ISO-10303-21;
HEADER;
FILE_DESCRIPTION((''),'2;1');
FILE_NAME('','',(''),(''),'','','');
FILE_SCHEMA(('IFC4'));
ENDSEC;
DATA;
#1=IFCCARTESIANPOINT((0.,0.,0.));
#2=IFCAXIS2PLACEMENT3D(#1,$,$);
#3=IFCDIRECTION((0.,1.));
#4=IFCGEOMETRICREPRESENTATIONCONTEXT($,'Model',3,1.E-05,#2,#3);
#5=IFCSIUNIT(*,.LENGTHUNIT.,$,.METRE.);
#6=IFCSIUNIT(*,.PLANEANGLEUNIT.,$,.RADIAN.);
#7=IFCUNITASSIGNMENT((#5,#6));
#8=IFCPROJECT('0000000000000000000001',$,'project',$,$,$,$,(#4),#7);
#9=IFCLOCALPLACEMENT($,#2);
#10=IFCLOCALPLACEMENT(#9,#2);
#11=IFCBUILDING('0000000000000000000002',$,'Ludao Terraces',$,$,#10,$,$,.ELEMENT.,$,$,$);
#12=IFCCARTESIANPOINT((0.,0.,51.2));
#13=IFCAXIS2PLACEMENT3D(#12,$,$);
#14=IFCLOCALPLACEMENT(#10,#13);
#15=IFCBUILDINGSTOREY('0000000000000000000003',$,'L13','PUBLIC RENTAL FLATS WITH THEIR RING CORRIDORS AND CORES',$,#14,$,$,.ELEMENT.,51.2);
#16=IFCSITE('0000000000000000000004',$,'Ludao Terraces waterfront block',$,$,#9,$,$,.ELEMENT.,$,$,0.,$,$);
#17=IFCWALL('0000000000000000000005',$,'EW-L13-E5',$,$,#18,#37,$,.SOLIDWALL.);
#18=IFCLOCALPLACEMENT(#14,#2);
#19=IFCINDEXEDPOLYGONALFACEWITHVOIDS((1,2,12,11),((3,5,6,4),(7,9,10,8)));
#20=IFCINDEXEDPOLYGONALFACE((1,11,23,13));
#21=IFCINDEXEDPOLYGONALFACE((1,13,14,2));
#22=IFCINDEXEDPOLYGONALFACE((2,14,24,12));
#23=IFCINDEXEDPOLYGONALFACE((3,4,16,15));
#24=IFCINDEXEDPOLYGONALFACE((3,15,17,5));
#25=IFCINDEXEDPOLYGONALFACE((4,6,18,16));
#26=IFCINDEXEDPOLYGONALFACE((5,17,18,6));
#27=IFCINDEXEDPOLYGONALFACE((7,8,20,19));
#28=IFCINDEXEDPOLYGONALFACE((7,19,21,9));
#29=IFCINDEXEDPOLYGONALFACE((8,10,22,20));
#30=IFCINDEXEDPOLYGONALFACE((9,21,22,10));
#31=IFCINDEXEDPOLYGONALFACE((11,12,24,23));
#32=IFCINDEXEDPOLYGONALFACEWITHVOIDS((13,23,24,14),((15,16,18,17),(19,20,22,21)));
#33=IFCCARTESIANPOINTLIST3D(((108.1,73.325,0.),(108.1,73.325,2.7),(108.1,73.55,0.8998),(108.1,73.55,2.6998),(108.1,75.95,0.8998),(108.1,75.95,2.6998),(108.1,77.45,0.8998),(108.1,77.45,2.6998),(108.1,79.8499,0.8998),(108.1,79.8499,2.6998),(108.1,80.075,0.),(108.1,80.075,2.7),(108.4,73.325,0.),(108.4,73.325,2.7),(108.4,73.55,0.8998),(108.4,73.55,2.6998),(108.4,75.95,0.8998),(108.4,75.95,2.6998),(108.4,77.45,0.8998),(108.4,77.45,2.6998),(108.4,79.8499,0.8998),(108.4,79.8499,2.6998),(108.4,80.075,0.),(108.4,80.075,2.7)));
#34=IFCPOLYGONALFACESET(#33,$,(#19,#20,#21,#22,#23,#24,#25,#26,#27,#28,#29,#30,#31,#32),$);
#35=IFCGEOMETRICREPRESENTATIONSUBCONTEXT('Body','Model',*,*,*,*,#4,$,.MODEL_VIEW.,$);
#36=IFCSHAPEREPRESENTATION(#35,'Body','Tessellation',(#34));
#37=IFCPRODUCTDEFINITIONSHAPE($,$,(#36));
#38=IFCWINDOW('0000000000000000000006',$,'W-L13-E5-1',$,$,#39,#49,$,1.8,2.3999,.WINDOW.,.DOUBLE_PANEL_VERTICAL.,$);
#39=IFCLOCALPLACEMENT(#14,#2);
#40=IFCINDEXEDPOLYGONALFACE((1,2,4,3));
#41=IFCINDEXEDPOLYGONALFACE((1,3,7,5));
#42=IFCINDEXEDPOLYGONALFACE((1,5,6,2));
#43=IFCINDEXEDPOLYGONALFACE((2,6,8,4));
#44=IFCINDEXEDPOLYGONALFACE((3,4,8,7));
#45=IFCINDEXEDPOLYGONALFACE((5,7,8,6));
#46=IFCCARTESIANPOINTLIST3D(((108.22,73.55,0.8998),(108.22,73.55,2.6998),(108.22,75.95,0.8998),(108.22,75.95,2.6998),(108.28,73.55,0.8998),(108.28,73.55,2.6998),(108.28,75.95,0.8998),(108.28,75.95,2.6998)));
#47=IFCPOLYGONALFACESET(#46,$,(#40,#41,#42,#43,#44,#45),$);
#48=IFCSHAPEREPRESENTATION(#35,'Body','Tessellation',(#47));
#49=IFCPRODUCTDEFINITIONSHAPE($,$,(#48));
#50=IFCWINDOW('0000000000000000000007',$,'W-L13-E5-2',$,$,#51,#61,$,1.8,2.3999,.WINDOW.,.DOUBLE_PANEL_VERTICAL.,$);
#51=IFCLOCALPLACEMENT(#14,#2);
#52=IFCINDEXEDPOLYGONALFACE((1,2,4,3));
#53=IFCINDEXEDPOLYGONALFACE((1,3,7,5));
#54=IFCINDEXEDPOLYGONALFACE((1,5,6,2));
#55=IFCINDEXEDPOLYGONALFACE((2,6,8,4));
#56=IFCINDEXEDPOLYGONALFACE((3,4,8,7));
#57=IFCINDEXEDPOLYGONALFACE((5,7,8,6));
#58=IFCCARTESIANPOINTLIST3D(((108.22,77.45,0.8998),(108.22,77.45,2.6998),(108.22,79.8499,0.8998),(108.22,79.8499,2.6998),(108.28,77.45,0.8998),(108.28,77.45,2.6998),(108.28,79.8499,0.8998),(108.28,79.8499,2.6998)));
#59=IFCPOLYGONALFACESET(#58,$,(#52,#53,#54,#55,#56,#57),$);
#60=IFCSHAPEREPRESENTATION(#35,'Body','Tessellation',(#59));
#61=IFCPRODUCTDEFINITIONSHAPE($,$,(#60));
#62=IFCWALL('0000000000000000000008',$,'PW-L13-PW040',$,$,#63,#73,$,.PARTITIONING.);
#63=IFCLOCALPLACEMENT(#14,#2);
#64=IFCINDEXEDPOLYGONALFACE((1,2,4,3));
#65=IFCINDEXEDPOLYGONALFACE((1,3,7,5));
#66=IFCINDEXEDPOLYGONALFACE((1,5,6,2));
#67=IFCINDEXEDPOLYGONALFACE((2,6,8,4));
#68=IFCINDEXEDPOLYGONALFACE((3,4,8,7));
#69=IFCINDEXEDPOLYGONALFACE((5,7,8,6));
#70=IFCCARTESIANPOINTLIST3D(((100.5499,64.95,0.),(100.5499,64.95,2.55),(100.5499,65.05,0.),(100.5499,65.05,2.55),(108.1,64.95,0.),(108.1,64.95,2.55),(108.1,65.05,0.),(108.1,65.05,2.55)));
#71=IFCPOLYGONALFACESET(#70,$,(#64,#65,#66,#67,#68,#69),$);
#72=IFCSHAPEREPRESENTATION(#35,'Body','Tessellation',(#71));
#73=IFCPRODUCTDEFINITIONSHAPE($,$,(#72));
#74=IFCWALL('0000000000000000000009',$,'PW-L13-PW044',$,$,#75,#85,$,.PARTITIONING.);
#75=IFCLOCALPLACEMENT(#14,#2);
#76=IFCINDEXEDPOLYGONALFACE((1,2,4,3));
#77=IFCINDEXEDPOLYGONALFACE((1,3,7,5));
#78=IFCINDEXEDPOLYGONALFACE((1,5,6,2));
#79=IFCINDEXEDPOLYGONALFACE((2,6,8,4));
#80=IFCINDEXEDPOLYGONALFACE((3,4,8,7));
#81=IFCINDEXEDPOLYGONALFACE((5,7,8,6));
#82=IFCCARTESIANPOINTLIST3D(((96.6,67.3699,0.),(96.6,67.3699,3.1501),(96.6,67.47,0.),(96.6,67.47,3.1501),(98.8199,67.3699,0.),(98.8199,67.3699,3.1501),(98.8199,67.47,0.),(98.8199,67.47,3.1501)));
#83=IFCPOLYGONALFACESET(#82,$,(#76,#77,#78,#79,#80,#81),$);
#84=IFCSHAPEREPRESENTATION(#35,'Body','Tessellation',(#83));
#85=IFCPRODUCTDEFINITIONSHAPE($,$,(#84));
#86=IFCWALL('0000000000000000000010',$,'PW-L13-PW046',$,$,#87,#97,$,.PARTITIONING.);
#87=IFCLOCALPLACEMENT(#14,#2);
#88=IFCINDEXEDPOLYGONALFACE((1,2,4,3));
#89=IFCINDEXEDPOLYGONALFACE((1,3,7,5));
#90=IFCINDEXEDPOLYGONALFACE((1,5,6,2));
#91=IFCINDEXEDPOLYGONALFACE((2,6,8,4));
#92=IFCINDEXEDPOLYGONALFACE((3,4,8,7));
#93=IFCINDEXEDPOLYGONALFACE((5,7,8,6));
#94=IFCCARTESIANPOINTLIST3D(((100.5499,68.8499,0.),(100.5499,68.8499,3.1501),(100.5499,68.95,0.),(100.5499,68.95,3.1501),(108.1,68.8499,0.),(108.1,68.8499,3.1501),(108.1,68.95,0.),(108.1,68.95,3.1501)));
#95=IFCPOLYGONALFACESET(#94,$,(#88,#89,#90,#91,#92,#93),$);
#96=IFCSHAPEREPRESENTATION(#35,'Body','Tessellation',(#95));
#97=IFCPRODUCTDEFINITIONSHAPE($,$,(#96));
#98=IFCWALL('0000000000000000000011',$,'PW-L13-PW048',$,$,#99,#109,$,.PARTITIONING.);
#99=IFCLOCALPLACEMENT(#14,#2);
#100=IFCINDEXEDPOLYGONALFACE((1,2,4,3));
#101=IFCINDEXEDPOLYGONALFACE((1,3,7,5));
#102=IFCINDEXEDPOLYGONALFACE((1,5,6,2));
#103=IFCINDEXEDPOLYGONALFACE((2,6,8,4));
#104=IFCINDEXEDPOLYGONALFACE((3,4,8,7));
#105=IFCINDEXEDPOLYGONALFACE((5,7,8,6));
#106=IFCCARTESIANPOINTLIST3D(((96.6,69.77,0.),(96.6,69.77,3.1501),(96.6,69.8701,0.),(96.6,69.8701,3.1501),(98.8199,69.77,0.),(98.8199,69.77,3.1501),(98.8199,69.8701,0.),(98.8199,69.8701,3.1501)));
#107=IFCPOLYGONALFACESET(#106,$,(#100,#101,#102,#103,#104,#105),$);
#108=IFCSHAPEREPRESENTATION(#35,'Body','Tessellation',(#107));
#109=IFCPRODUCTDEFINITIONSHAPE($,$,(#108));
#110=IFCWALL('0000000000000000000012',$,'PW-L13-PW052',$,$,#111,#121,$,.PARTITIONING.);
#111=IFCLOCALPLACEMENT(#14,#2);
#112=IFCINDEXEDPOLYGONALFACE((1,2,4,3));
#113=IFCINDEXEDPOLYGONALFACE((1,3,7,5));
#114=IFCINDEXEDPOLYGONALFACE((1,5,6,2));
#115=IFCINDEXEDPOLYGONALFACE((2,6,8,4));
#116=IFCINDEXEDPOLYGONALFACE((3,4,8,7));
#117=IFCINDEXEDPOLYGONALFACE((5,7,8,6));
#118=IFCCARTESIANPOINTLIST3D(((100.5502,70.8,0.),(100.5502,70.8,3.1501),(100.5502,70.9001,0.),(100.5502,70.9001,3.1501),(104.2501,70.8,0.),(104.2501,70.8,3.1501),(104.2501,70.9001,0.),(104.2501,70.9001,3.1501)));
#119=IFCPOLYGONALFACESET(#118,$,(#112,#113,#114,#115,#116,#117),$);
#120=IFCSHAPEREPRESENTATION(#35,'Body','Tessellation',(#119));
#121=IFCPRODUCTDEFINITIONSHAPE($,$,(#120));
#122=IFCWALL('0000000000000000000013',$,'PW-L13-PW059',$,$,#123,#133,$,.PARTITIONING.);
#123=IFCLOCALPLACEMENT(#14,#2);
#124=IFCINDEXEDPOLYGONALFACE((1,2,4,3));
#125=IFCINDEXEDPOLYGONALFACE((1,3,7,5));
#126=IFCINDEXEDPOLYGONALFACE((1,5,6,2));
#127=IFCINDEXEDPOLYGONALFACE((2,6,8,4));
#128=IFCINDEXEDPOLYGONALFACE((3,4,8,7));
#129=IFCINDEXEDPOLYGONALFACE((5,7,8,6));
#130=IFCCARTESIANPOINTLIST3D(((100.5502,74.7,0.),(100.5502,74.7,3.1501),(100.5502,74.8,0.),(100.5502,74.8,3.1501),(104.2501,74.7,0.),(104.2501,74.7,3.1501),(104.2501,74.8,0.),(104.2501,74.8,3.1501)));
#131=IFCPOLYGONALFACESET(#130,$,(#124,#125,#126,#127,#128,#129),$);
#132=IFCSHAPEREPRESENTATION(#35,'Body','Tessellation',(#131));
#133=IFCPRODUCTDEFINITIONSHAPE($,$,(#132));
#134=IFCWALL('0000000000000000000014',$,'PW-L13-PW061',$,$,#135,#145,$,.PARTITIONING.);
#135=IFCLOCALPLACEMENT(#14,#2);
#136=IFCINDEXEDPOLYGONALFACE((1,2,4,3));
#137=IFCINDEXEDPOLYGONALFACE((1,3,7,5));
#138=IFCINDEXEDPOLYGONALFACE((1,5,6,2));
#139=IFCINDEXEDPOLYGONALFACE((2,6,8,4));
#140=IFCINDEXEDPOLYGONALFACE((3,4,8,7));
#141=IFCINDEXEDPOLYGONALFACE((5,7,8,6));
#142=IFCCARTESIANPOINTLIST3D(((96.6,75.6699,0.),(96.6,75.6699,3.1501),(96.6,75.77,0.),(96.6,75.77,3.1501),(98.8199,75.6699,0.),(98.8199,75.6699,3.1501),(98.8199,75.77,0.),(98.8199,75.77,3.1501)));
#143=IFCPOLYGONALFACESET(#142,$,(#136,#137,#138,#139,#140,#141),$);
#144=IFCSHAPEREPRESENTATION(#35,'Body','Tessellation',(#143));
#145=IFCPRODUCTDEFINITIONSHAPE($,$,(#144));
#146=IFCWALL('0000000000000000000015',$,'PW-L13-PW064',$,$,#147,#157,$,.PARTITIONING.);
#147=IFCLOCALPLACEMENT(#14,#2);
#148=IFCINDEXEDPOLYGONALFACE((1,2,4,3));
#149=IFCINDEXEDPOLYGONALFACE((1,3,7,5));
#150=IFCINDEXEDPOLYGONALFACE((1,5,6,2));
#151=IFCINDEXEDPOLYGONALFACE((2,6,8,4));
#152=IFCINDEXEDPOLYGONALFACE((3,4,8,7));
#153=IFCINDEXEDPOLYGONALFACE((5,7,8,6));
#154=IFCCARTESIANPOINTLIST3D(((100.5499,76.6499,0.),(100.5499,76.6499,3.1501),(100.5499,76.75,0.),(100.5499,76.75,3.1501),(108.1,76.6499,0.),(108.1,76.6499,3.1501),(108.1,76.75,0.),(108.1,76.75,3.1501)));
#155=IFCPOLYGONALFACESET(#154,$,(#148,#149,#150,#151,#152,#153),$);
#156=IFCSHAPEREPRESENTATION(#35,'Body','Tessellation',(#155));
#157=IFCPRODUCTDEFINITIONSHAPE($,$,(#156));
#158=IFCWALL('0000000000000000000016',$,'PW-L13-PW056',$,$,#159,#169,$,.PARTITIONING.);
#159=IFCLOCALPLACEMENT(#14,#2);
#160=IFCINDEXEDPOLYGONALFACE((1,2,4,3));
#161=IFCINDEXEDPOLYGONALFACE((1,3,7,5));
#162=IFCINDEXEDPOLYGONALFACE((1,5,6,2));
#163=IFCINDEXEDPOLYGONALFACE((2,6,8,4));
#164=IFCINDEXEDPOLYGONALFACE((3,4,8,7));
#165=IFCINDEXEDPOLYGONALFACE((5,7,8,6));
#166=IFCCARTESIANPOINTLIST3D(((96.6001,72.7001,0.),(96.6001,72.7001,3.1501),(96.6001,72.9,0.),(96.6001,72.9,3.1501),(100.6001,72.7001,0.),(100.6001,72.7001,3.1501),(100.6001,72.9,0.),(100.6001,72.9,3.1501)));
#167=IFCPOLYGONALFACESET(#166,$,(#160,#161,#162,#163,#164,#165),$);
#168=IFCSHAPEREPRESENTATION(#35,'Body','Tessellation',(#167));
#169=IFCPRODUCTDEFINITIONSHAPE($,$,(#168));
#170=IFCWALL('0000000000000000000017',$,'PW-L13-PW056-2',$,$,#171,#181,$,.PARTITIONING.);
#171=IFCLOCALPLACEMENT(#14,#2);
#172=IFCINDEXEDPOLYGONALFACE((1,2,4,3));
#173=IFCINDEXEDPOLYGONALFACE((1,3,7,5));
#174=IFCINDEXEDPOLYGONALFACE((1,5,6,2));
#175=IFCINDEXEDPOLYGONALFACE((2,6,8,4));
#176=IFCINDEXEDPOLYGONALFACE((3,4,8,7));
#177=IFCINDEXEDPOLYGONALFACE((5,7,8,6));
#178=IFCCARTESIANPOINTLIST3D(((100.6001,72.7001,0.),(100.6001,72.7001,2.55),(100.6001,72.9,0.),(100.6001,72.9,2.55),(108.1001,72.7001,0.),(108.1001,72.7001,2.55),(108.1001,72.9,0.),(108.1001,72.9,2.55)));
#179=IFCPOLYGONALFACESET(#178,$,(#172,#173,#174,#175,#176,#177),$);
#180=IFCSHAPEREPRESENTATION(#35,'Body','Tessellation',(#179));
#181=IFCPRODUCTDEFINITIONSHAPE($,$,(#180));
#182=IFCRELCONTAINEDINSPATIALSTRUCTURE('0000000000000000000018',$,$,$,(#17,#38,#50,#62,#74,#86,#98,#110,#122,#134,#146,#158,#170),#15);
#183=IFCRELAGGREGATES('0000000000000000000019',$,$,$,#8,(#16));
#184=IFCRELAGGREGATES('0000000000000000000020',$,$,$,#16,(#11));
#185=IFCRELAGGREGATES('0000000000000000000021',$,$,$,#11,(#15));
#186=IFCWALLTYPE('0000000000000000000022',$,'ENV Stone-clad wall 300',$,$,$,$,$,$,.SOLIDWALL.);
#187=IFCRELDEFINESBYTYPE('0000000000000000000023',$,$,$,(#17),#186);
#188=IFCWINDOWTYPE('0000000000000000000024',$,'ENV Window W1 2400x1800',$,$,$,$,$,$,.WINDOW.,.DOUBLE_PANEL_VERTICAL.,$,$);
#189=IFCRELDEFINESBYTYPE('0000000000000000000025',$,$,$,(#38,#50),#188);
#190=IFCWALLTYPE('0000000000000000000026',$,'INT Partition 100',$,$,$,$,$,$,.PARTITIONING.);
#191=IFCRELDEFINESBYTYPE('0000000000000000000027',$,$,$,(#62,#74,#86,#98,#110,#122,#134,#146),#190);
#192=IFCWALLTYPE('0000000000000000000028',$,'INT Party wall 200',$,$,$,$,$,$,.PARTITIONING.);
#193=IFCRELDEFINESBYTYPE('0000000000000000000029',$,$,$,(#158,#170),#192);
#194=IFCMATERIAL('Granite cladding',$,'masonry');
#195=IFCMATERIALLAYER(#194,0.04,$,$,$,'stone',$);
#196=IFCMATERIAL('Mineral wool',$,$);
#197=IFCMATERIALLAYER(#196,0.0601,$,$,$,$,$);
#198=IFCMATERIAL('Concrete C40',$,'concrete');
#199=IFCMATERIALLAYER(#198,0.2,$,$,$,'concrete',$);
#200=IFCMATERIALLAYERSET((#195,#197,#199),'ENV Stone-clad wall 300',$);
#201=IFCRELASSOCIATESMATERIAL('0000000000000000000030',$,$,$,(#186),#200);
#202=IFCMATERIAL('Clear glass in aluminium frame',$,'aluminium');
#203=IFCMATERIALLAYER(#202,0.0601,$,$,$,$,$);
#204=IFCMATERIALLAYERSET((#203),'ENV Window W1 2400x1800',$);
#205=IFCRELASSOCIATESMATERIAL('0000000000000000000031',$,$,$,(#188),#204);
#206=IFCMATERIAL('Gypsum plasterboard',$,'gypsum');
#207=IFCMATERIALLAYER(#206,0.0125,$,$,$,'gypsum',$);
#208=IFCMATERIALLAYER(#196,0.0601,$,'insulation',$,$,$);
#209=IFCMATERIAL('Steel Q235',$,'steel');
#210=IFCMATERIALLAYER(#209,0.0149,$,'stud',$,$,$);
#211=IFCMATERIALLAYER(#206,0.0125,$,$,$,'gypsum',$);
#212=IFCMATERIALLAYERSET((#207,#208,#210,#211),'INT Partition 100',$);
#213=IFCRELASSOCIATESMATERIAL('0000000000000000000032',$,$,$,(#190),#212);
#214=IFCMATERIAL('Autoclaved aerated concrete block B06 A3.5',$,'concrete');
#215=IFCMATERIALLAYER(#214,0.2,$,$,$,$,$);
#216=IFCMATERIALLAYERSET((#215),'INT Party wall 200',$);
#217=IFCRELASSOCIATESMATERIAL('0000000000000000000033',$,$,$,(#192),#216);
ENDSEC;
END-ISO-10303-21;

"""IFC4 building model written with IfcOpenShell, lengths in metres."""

from ifc_helpers import new_model, si_unit, direction, frame, frame_2d, origin, place, context, subcontext, project, spatial, rectangle, extrude, material, layer, layer_set, type_object, element, fill, save


model = new_model("IFC4")

# Units and contexts
model_context = context("Model", 3, precision=1e-05, world=origin(), true_north=direction((0.0, 1.0)))
body_context = subcontext(model_context, "Body", "Model", "MODEL_VIEW")
ifc_project = project(units=[si_unit("LENGTHUNIT", "METRE"), si_unit("PLANEANGLEUNIT", "RADIAN")], contexts=[model_context])

# Site, building, storey
site_placement = place(None, origin())
site = spatial("IfcSite", under=ifc_project, at=site_placement, Name="Ludao Terraces waterfront block", CompositionType="ELEMENT", RefElevation=0.0)
building_placement = place(site_placement, origin())
building = spatial("IfcBuilding", under=site, at=building_placement, Name="Ludao Terraces", CompositionType="ELEMENT")
storey_placement = place(building_placement, frame((0.0, 0.0, 51.2)))
storey = spatial("IfcBuildingStorey", under=building, at=storey_placement, Name="L13", Description="PUBLIC RENTAL FLATS WITH THEIR RING CORRIDORS AND CORES", CompositionType="ELEMENT", Elevation=51.2)

# Shared definitions
ifc_material_1 = material(Name="Concrete C40", Category="concrete")

# Shared definitions
ifc_material_2 = material(Name="Granite cladding", Category="masonry")
ifc_layer_1 = layer(ifc_material_2, 0.04, Category="stone")
ifc_material_3 = material(Name="Mineral wool")
ifc_layer_2 = layer(ifc_material_3, 0.0601)
ifc_layer_3 = layer(ifc_material_1, 0.2, Category="concrete")
ifc_layer_set_1 = layer_set([ifc_layer_1, ifc_layer_2, ifc_layer_3], Name="ENV Stone-clad wall 300")
wall_type_1 = type_object("IfcWallType", Name="ENV Stone-clad wall 300", PredefinedType="SOLIDWALL", material=ifc_layer_set_1)
ifc_material_4 = material(Name="Clear glass in aluminium frame", Category="aluminium")
ifc_layer_4 = layer(ifc_material_4, 0.0601)
ifc_layer_set_2 = layer_set([ifc_layer_4], Name="ENV Window W1 2400x1800")
window_type = type_object("IfcWindowType", Name="ENV Window W1 2400x1800", PartitioningType="DOUBLE_PANEL_VERTICAL", PredefinedType="WINDOW", material=ifc_layer_set_2)

# Wall, openings, windows
wall_1_placement = place(storey_placement, frame((108.25, 73.325, 0.0), z_axis=(0.0, 0.0, 1.0), x_axis=(0.0, 1.0, 0.0)))
wall_1 = element("IfcWall", 1, at=wall_1_placement, inside=storey, type_object=wall_type_1, Name="EW-L13-E5", PredefinedType="SOLIDWALL", context=body_context, shape_type="SweptSolid", body=[
    extrude(rectangle(XDim=6.75, YDim=0.3, at=frame_2d((3.375, 0.0))), origin(), (0.0, 0.0, 1.0), 2.7),
])
opening_1_placement = place(wall_1_placement, frame((0.2251, 0.0, 0.8999)))
opening_1 = element("IfcOpeningElement", 2, at=opening_1_placement, cuts=wall_1, PredefinedType="OPENING", context=body_context, shape_type="SweptSolid", body=[
    extrude(rectangle(XDim=2.3999, YDim=1.8, at=frame_2d((1.2, 0.8999))), frame((0.0, 0.1602, 0.0), z_axis=(0.0, -1.0, 0.0), x_axis=(1.0, 0.0, 0.0)), (0.0, 0.0, 1.0), 0.3201),
])
opening_2_placement = place(wall_1_placement, frame((4.125, 0.0, 0.8999)))
opening_2 = element("IfcOpeningElement", 3, at=opening_2_placement, cuts=wall_1, PredefinedType="OPENING", context=body_context, shape_type="SweptSolid", body=[
    extrude(rectangle(XDim=2.3999, YDim=1.8, at=frame_2d((1.2, 0.8999))), frame((0.0, 0.1602, 0.0), z_axis=(0.0, -1.0, 0.0), x_axis=(1.0, 0.0, 0.0)), (0.0, 0.0, 1.0), 0.3201),
])
window_1_placement = place(opening_1_placement, origin())
window_1 = element("IfcWindow", 4, at=window_1_placement, inside=storey, type_object=window_type, Name="W-L13-E5-1", OverallHeight=1.8, OverallWidth=2.3999, PartitioningType="DOUBLE_PANEL_VERTICAL", PredefinedType="WINDOW", context=body_context, shape_type="SweptSolid", body=[
    extrude(rectangle(XDim=2.3999, YDim=1.8, at=frame_2d((1.2, 0.8999))), frame((0.0, 0.03, 0.0), z_axis=(0.0, -1.0, 0.0), x_axis=(1.0, 0.0, 0.0)), (0.0, 0.0, 1.0), 0.0601),
])
fill(opening_1, window_1)
window_2_placement = place(opening_2_placement, origin())
window_2 = element("IfcWindow", 5, at=window_2_placement, inside=storey, type_object=window_type, Name="W-L13-E5-2", OverallHeight=1.8, OverallWidth=2.3999, PartitioningType="DOUBLE_PANEL_VERTICAL", PredefinedType="WINDOW", context=body_context, shape_type="SweptSolid", body=[
    extrude(rectangle(XDim=2.3999, YDim=1.8, at=frame_2d((1.2, 0.8999))), frame((0.0, 0.03, 0.0), z_axis=(0.0, -1.0, 0.0), x_axis=(1.0, 0.0, 0.0)), (0.0, 0.0, 1.0), 0.0601),
])
fill(opening_2, window_2)

# Walls
ifc_material_5 = material(Name="Gypsum plasterboard", Category="gypsum")
ifc_layer_5 = layer(ifc_material_5, 0.0125, Category="gypsum")
ifc_layer_6 = layer(ifc_material_3, 0.0601, Name="insulation")
ifc_material_6 = material(Name="Steel Q235", Category="steel")
ifc_layer_7 = layer(ifc_material_6, 0.0149, Name="stud")
ifc_layer_8 = layer(ifc_material_5, 0.0125, Category="gypsum")
ifc_layer_set_3 = layer_set([ifc_layer_5, ifc_layer_6, ifc_layer_7, ifc_layer_8], Name="INT Partition 100")
wall_type_2 = type_object("IfcWallType", Name="INT Partition 100", PredefinedType="PARTITIONING", material=ifc_layer_set_3)
wall_2_placement = place(storey_placement, frame((100.55, 65.0, 0.0), z_axis=(0.0, 0.0, 1.0), x_axis=(1.0, 0.0, 0.0)))
element("IfcWall", 6, at=wall_2_placement, inside=storey, type_object=wall_type_2, Name="PW-L13-PW040", PredefinedType="PARTITIONING", context=body_context, shape_type="SweptSolid", body=[
    extrude(rectangle(XDim=7.55, YDim=0.1001, at=frame_2d((3.7749, 0.0))), origin(), (0.0, 0.0, 1.0), 2.55),
])
wall_3_placement = place(storey_placement, frame((96.6001, 67.4199, 0.0), z_axis=(0.0, 0.0, 1.0), x_axis=(1.0, 0.0, 0.0)))
element("IfcWall", 7, at=wall_3_placement, inside=storey, type_object=wall_type_2, Name="PW-L13-PW044", PredefinedType="PARTITIONING", context=body_context, shape_type="SweptSolid", body=[
    extrude(rectangle(XDim=2.22, YDim=0.1001, at=frame_2d((1.1099, 0.0))), origin(), (0.0, 0.0, 1.0), 3.1501),
])
wall_4_placement = place(storey_placement, frame((100.55, 68.8999, 0.0), z_axis=(0.0, 0.0, 1.0), x_axis=(1.0, 0.0, 0.0)))
element("IfcWall", 8, at=wall_4_placement, inside=storey, type_object=wall_type_2, Name="PW-L13-PW046", PredefinedType="PARTITIONING", context=body_context, shape_type="SweptSolid", body=[
    extrude(rectangle(XDim=7.55, YDim=0.1001, at=frame_2d((3.7749, 0.0))), origin(), (0.0, 0.0, 1.0), 3.1501),
])
wall_5_placement = place(storey_placement, frame((96.6001, 69.8201, 0.0), z_axis=(0.0, 0.0, 1.0), x_axis=(1.0, 0.0, 0.0)))
element("IfcWall", 9, at=wall_5_placement, inside=storey, type_object=wall_type_2, Name="PW-L13-PW048", PredefinedType="PARTITIONING", context=body_context, shape_type="SweptSolid", body=[
    extrude(rectangle(XDim=2.22, YDim=0.1001, at=frame_2d((1.1099, 0.0))), origin(), (0.0, 0.0, 1.0), 3.1501),
])
for number, where, z_axis, x_axis, name in (
    (10, (100.55, 70.8501, 0.0), (0.0, 0.0, 1.0), (1.0, 0.0, 0.0), "PW-L13-PW052"),
    (11, (100.55, 74.75, 0.0), (0.0, 0.0, 1.0), (1.0, 0.0, 0.0), "PW-L13-PW059"),
):
    element("IfcWall", number, at=place(storey_placement, frame(where, z_axis=z_axis, x_axis=x_axis)), inside=storey, type_object=wall_type_2, Name=name, PredefinedType="PARTITIONING", context=body_context, shape_type="SweptSolid", body=[
        extrude(rectangle(XDim=3.7, YDim=0.1001, at=frame_2d((1.8501, 0.0))), origin(), (0.0, 0.0, 1.0), 3.1501),
    ])
wall_6_placement = place(storey_placement, frame((96.6001, 75.72, 0.0), z_axis=(0.0, 0.0, 1.0), x_axis=(1.0, 0.0, 0.0)))
element("IfcWall", 12, at=wall_6_placement, inside=storey, type_object=wall_type_2, Name="PW-L13-PW061", PredefinedType="PARTITIONING", context=body_context, shape_type="SweptSolid", body=[
    extrude(rectangle(XDim=2.22, YDim=0.1001, at=frame_2d((1.1099, 0.0))), origin(), (0.0, 0.0, 1.0), 3.1501),
])
wall_7_placement = place(storey_placement, frame((100.55, 76.7, 0.0), z_axis=(0.0, 0.0, 1.0), x_axis=(1.0, 0.0, 0.0)))
element("IfcWall", 13, at=wall_7_placement, inside=storey, type_object=wall_type_2, Name="PW-L13-PW064", PredefinedType="PARTITIONING", context=body_context, shape_type="SweptSolid", body=[
    extrude(rectangle(XDim=7.55, YDim=0.1001, at=frame_2d((3.7749, 0.0))), origin(), (0.0, 0.0, 1.0), 3.1501),
])
ifc_material_7 = material(Name="Autoclaved aerated concrete block B06 A3.5", Category="concrete")
ifc_layer_9 = layer(ifc_material_7, 0.2)
ifc_layer_set_4 = layer_set([ifc_layer_9], Name="INT Party wall 200")
wall_type_3 = type_object("IfcWallType", Name="INT Party wall 200", PredefinedType="PARTITIONING", material=ifc_layer_set_4)
wall_8_placement = place(storey_placement, frame((96.6001, 72.8, 0.0), z_axis=(0.0, 0.0, 1.0), x_axis=(1.0, 0.0, 0.0)))
element("IfcWall", 14, at=wall_8_placement, inside=storey, type_object=wall_type_3, Name="PW-L13-PW056", PredefinedType="PARTITIONING", context=body_context, shape_type="SweptSolid", body=[
    extrude(rectangle(XDim=4.0, YDim=0.2, at=frame_2d((2.0, 0.0))), origin(), (0.0, 0.0, 1.0), 3.1501),
])
wall_9_placement = place(storey_placement, frame((100.6001, 72.8, 0.0), z_axis=(0.0, 0.0, 1.0), x_axis=(1.0, 0.0, 0.0)))
element("IfcWall", 15, at=wall_9_placement, inside=storey, type_object=wall_type_3, Name="PW-L13-PW056-2", PredefinedType="PARTITIONING", context=body_context, shape_type="SweptSolid", body=[
    extrude(rectangle(XDim=7.5, YDim=0.2, at=frame_2d((3.75, 0.0))), origin(), (0.0, 0.0, 1.0), 2.55),
])

save(model, "model.ifc")
